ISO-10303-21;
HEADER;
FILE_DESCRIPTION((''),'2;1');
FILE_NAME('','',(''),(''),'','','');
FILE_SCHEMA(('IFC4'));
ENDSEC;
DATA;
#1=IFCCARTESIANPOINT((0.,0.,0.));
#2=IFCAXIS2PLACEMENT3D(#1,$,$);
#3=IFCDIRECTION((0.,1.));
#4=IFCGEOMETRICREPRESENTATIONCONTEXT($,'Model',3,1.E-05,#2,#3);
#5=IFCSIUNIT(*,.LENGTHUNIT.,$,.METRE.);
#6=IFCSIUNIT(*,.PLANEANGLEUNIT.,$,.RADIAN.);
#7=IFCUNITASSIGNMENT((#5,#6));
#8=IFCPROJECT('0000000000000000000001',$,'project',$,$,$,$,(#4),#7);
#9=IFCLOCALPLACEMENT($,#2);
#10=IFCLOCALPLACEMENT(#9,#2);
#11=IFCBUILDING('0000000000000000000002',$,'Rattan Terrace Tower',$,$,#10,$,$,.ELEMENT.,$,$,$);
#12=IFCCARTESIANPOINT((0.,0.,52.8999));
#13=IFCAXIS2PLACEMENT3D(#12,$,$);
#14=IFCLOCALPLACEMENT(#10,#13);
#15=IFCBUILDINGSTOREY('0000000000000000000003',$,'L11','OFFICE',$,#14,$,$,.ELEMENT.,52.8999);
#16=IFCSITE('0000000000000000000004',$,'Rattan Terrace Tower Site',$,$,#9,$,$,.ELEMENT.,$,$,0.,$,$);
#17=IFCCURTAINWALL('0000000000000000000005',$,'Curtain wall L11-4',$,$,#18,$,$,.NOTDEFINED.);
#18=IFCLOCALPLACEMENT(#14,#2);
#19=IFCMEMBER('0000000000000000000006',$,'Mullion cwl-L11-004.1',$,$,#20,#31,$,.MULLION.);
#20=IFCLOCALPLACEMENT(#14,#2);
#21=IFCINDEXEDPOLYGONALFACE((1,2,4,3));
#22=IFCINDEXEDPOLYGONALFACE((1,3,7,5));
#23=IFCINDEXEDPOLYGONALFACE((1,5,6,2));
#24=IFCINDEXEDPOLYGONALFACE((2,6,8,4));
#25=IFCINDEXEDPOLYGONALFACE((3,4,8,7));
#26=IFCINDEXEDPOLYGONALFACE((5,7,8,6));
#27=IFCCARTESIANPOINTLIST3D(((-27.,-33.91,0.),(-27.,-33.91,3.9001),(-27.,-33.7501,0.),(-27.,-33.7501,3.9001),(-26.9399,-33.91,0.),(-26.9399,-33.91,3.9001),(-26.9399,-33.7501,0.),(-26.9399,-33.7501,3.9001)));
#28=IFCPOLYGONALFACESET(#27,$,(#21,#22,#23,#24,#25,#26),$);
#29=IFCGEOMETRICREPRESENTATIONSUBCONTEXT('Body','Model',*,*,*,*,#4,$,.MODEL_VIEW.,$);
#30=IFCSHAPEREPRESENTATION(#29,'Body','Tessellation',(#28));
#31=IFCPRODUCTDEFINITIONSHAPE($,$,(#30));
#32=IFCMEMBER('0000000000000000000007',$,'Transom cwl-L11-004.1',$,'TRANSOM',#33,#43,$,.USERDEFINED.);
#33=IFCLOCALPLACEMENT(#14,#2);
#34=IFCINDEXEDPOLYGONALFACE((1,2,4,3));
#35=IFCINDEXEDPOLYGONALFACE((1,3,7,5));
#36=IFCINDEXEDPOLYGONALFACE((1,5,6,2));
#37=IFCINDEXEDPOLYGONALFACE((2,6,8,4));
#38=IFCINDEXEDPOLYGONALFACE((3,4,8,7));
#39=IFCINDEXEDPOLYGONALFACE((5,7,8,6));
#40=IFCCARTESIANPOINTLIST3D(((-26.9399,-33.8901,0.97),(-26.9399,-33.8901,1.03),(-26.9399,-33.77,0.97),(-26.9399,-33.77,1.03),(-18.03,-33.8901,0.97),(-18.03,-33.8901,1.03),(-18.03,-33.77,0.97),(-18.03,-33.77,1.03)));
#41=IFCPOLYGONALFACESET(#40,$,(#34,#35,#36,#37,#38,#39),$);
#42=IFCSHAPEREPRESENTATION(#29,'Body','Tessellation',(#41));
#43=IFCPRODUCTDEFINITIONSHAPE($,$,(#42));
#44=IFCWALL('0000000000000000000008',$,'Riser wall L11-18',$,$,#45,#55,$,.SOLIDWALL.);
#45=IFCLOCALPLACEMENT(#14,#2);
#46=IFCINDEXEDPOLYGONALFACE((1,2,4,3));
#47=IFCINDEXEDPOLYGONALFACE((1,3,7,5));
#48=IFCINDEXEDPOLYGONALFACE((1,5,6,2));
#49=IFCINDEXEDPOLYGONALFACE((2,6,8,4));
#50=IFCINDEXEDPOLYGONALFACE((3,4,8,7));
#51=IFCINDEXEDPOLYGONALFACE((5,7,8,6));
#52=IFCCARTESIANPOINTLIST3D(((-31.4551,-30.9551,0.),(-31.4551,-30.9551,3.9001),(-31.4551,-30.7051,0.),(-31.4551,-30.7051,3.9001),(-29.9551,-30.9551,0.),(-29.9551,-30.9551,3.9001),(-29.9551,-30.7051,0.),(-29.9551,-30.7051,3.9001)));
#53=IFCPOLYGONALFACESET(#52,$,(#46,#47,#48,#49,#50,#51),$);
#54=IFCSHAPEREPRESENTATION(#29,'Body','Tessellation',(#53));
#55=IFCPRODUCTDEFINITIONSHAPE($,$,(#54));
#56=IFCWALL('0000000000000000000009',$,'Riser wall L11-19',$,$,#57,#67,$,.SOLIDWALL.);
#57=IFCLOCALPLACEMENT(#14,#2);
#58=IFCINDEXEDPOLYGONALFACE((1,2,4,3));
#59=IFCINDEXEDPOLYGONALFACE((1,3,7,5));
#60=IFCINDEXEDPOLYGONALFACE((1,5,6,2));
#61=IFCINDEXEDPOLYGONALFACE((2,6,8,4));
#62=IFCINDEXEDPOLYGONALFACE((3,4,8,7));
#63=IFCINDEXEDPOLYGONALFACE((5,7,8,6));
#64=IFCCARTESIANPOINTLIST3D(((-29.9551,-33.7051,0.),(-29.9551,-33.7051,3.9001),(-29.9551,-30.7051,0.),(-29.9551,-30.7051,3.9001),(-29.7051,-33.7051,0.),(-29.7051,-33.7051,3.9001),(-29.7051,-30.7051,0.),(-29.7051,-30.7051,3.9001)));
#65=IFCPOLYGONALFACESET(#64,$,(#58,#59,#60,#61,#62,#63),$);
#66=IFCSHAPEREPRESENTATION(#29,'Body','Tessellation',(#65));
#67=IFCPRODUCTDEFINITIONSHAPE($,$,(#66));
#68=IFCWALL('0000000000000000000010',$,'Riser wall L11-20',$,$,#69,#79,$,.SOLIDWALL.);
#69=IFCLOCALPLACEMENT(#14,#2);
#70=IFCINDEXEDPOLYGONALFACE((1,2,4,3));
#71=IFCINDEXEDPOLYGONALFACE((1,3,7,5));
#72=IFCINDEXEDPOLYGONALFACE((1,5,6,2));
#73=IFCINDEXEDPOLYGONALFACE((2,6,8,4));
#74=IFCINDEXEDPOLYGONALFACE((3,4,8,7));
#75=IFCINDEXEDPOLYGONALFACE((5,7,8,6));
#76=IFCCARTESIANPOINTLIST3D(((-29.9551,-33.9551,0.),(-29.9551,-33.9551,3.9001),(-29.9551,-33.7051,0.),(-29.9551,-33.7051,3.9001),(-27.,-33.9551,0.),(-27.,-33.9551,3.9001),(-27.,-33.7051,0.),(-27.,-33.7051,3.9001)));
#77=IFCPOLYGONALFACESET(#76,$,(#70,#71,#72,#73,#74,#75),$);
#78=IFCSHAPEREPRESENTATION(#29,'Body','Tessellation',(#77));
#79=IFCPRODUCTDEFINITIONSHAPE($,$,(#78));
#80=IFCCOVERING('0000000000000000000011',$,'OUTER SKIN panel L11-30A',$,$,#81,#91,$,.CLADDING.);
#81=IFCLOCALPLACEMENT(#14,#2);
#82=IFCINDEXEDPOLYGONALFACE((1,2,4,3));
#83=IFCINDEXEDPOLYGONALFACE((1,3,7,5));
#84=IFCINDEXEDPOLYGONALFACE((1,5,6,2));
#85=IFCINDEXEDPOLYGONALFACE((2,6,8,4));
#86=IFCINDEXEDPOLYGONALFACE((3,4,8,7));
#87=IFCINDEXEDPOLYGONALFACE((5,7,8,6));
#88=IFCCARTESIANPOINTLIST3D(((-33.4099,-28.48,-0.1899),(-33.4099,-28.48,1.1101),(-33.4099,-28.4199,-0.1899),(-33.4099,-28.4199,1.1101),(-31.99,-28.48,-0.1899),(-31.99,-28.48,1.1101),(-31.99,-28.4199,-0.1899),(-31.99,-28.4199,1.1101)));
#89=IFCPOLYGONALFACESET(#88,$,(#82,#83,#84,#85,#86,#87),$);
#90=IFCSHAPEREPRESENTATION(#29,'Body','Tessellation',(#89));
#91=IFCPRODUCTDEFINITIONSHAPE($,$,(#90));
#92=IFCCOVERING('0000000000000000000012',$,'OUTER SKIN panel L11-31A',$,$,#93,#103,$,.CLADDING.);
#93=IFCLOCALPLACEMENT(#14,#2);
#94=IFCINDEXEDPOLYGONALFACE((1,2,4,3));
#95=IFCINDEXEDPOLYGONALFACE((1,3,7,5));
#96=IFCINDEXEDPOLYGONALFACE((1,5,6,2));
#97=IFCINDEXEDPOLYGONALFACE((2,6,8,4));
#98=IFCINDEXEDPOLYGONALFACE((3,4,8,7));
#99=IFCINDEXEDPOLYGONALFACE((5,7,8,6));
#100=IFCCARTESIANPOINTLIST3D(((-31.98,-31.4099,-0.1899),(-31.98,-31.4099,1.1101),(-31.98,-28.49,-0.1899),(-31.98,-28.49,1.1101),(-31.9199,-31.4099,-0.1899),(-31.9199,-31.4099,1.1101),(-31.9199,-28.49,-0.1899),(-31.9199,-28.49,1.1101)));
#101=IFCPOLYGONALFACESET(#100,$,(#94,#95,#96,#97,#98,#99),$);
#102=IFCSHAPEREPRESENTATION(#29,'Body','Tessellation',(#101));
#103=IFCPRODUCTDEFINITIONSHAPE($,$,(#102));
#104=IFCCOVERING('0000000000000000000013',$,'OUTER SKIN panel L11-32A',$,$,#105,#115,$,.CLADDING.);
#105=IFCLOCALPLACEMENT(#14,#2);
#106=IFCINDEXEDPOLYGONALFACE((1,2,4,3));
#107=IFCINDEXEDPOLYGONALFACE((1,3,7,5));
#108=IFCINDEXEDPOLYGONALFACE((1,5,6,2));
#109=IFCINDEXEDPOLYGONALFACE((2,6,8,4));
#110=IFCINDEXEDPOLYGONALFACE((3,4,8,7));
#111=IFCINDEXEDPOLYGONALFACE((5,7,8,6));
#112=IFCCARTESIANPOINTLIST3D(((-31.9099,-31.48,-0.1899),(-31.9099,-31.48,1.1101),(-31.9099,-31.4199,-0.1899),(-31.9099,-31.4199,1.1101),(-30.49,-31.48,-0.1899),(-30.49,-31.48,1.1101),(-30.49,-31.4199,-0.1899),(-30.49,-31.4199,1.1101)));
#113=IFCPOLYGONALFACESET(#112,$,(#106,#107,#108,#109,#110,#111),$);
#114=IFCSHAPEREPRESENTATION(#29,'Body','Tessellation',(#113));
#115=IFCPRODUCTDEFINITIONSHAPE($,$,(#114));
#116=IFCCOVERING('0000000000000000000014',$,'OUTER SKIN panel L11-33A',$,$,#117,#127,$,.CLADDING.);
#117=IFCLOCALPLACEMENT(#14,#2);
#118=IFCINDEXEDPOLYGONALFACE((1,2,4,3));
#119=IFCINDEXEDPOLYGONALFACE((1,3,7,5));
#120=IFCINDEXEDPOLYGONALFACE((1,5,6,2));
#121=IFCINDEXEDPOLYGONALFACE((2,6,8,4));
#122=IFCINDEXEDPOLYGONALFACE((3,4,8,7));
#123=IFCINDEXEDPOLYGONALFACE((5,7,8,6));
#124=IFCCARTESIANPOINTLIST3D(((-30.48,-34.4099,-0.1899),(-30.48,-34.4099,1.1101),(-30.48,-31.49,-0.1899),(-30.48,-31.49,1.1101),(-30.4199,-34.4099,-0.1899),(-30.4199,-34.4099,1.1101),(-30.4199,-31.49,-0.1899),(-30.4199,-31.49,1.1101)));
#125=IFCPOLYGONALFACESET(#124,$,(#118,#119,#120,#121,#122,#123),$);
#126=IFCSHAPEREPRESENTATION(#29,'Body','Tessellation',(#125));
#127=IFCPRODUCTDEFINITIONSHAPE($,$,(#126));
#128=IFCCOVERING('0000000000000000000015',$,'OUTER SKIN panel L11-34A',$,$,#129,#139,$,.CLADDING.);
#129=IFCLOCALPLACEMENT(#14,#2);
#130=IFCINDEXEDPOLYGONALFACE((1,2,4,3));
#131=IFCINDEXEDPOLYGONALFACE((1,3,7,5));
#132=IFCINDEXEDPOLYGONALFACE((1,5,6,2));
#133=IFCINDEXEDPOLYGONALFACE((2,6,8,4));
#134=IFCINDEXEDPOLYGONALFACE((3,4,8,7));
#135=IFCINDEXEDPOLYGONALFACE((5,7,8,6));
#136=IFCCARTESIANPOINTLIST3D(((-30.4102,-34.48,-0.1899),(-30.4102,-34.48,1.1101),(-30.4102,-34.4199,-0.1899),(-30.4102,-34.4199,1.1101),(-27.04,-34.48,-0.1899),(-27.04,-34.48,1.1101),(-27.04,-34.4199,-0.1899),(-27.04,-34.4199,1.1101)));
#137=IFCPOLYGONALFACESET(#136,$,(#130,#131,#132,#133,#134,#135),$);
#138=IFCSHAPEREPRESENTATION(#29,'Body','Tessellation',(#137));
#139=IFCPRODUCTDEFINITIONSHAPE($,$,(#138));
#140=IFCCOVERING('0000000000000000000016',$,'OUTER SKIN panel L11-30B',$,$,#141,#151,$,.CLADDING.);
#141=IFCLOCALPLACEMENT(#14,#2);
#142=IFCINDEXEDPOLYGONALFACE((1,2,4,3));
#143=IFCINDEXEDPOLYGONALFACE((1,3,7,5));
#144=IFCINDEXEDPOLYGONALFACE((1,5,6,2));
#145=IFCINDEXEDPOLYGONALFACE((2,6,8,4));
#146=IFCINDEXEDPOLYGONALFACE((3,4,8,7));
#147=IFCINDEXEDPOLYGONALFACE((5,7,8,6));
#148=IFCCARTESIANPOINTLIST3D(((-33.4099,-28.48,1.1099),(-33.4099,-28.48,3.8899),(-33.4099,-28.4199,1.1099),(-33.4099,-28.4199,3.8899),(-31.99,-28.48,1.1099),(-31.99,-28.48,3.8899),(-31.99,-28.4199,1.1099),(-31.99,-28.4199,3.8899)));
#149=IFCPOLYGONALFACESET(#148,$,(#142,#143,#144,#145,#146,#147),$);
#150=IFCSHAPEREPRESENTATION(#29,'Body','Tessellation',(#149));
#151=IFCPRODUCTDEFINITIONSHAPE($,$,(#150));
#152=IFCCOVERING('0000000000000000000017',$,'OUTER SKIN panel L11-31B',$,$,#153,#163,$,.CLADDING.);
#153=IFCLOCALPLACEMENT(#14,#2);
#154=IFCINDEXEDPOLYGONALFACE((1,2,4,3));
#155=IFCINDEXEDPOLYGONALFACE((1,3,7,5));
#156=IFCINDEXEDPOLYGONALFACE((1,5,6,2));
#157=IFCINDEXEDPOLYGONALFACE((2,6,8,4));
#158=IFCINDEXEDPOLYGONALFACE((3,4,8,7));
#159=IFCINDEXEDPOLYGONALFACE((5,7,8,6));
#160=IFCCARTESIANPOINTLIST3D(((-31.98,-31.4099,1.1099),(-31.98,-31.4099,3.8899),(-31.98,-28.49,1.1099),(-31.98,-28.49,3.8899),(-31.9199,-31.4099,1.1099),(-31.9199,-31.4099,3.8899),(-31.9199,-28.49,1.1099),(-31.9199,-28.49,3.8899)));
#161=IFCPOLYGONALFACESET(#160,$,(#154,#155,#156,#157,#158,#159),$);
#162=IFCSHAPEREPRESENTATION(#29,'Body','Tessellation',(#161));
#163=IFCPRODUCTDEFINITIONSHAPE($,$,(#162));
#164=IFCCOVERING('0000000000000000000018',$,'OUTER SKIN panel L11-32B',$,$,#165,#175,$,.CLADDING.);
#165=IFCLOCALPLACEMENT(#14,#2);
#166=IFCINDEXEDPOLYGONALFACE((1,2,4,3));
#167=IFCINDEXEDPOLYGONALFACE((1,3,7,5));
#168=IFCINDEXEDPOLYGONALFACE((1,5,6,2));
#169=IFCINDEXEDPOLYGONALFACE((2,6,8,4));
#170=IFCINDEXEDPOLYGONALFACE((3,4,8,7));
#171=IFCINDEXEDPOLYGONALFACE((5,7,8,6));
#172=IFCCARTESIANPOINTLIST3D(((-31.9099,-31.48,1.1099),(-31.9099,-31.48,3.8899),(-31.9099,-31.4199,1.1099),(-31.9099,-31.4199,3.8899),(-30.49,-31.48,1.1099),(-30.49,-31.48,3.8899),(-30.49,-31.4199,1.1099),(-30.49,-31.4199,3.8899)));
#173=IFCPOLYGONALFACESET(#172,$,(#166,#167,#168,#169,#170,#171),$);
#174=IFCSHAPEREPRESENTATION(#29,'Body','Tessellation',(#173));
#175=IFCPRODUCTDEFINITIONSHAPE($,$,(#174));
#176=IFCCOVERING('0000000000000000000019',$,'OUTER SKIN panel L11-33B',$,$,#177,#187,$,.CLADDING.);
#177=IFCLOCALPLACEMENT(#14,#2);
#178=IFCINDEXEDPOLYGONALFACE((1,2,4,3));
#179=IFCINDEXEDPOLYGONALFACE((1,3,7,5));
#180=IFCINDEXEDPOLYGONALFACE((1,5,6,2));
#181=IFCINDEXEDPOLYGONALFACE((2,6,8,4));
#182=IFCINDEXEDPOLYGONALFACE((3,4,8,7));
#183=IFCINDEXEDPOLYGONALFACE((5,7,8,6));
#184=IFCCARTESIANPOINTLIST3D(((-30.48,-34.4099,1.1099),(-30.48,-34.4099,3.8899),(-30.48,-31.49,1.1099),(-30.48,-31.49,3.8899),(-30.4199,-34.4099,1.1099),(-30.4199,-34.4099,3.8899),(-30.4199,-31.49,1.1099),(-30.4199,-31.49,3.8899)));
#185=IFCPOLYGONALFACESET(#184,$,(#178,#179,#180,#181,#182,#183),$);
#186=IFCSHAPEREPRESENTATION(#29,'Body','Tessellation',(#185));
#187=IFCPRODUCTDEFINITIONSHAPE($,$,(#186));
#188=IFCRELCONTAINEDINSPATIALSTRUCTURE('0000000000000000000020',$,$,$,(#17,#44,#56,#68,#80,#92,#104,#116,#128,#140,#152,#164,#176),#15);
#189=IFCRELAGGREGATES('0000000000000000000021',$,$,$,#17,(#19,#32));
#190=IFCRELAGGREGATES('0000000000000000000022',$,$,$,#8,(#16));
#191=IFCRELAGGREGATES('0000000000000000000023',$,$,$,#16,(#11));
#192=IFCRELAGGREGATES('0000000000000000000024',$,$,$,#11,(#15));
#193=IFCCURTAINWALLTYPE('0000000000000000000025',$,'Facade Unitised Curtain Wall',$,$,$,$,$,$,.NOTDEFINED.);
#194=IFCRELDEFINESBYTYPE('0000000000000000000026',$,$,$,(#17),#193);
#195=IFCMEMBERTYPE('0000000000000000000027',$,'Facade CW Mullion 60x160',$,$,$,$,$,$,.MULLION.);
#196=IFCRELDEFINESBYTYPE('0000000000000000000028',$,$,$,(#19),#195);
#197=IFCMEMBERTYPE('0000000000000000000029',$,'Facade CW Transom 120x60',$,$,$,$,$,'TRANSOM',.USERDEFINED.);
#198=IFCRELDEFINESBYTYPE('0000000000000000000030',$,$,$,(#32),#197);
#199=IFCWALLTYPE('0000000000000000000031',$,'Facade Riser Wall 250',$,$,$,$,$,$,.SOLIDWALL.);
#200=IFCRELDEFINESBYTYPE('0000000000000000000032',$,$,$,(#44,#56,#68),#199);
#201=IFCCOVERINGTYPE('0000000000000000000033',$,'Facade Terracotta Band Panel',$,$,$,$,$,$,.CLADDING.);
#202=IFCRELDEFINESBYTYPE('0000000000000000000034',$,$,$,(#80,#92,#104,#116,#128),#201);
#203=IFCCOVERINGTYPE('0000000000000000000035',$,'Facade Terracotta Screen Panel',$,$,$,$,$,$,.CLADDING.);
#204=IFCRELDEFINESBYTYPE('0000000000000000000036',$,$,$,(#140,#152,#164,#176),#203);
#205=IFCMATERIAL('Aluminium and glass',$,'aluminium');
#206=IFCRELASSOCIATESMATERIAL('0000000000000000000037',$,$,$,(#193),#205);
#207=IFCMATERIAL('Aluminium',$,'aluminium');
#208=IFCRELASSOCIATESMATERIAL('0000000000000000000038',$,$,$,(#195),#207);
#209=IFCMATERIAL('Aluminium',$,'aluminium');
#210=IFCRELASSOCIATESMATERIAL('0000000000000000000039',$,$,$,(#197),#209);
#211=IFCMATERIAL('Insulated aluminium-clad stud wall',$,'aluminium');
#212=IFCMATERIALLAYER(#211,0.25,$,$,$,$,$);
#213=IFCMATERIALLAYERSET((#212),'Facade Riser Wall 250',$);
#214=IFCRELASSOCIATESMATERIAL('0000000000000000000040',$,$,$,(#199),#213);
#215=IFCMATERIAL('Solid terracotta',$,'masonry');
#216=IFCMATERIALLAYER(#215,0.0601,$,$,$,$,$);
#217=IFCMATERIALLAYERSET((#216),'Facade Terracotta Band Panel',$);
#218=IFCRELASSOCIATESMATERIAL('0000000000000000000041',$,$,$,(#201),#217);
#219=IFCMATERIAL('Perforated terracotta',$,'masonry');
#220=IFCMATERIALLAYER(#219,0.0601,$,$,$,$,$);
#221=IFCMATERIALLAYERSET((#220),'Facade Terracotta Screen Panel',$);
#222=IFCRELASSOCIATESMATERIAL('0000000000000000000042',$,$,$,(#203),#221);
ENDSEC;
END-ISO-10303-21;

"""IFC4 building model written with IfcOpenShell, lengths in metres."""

from ifc_helpers import new_model, si_unit, direction, frame, frame_2d, origin, origin_2d, place, context, subcontext, project, spatial, rectangle, extrude, material, layer, layer_set, material_profile, profile_set, type_object, element, aggregate, save


model = new_model("IFC4")

# Units and contexts
model_context = context("Model", 3, precision=1e-05, world=origin(), true_north=direction((0.0, 1.0)))
body_context = subcontext(model_context, "Body", "Model", "MODEL_VIEW")
ifc_project = project(units=[si_unit("LENGTHUNIT", "METRE"), si_unit("PLANEANGLEUNIT", "RADIAN")], contexts=[model_context])

# Site, building, storey
site_placement = place(None, origin())
site = spatial("IfcSite", under=ifc_project, at=site_placement, Name="Rattan Terrace Tower Site", CompositionType="ELEMENT", RefElevation=0.0)
building_placement = place(site_placement, origin())
building = spatial("IfcBuilding", under=site, at=building_placement, Name="Rattan Terrace Tower", CompositionType="ELEMENT")
storey_placement = place(building_placement, frame((0.0, 0.0, 52.8999)))
storey = spatial("IfcBuildingStorey", under=building, at=storey_placement, Name="L11", Description="OFFICE", CompositionType="ELEMENT", Elevation=52.8999)

# Curtain wall, members
ifc_material_1 = material(Name="Aluminium and glass", Category="aluminium")
curtain_wall_type = type_object("IfcCurtainWallType", Name="Facade Unitised Curtain Wall", PredefinedType="NOTDEFINED", material=ifc_material_1)
curtain_wall_placement = place(storey_placement, origin())
curtain_wall = element("IfcCurtainWall", 1, at=curtain_wall_placement, inside=storey, type_object=curtain_wall_type, Name="Curtain wall L11-4", PredefinedType="NOTDEFINED")
ifc_material_2 = material(Name="Aluminium", Category="aluminium")
ifc_material_profile_1 = material_profile(ifc_material_2, rectangle(XDim=0.0601, YDim=0.1599, at=origin_2d()), Name="Aluminium 60x160")
ifc_profile_set_1 = profile_set([ifc_material_profile_1], Name="Aluminium")
member_type_1 = type_object("IfcMemberType", Name="Facade CW Mullion 60x160", PredefinedType="MULLION", material=ifc_profile_set_1)
member_1_placement = place(storey_placement, frame((-26.97, -33.8301, 0.0), z_axis=(0.0, 0.0, 1.0), x_axis=(1.0, 0.0, 0.0)))
member_1 = element("IfcMember", 2, at=member_1_placement, type_object=member_type_1, Name="Mullion cwl-L11-004.1", PredefinedType="MULLION", context=body_context, shape_type="SweptSolid", body=[
    extrude(rectangle(XDim=0.0601, YDim=0.1599, at=origin_2d()), origin(), (0.0, 0.0, 1.0), 3.9001),
])
ifc_material_3 = material(Name="Aluminium", Category="aluminium")
ifc_material_profile_2 = material_profile(ifc_material_3, rectangle(XDim=0.1201, YDim=0.0601, at=origin_2d()), Name="Aluminium 120x60")
ifc_profile_set_2 = profile_set([ifc_material_profile_2], Name="Aluminium")
member_type_2 = type_object("IfcMemberType", Name="Facade CW Transom 120x60", ElementType="TRANSOM", PredefinedType="USERDEFINED", material=ifc_profile_set_2)
member_2_placement = place(storey_placement, frame((-26.9399, -33.8301, 1.0), z_axis=(1.0, 0.0, 0.0), x_axis=(0.0, 1.0, 0.0)))
member_2 = element("IfcMember", 3, at=member_2_placement, type_object=member_type_2, Name="Transom cwl-L11-004.1", ObjectType="TRANSOM", PredefinedType="USERDEFINED", context=body_context, shape_type="SweptSolid", body=[
    extrude(rectangle(XDim=0.1201, YDim=0.0601, at=origin_2d()), origin(), (0.0, 0.0, 1.0), 8.9099),
])
aggregate(curtain_wall, [member_1, member_2])

# Walls
ifc_material_4 = material(Name="Insulated aluminium-clad stud wall", Category="aluminium")
ifc_layer_1 = layer(ifc_material_4, 0.25)
ifc_layer_set_1 = layer_set([ifc_layer_1], Name="Facade Riser Wall 250")
wall_type = type_object("IfcWallType", Name="Facade Riser Wall 250", PredefinedType="SOLIDWALL", material=ifc_layer_set_1)
wall_1_placement = place(storey_placement, frame((-31.4551, -30.8301, 0.0), z_axis=(0.0, 0.0, 1.0), x_axis=(1.0, 0.0, 0.0)))
element("IfcWall", 4, at=wall_1_placement, inside=storey, type_object=wall_type, Name="Riser wall L11-18", PredefinedType="SOLIDWALL", context=body_context, shape_type="SweptSolid", body=[
    extrude(rectangle(XDim=1.5, YDim=0.25, at=frame_2d((0.75, 0.0))), origin(), (0.0, 0.0, 1.0), 3.9001),
])
wall_2_placement = place(storey_placement, frame((-29.8301, -30.7051, 0.0), z_axis=(0.0, 0.0, 1.0), x_axis=(0.0, -1.0, 0.0)))
element("IfcWall", 5, at=wall_2_placement, inside=storey, type_object=wall_type, Name="Riser wall L11-19", PredefinedType="SOLIDWALL", context=body_context, shape_type="SweptSolid", body=[
    extrude(rectangle(XDim=3.0, YDim=0.25, at=frame_2d((1.5, 0.0))), origin(), (0.0, 0.0, 1.0), 3.9001),
])
wall_3_placement = place(storey_placement, frame((-29.9551, -33.8301, 0.0), z_axis=(0.0, 0.0, 1.0), x_axis=(1.0, 0.0, 0.0)))
element("IfcWall", 6, at=wall_3_placement, inside=storey, type_object=wall_type, Name="Riser wall L11-20", PredefinedType="SOLIDWALL", context=body_context, shape_type="SweptSolid", body=[
    extrude(rectangle(XDim=2.9551, YDim=0.25, at=frame_2d((1.4775, 0.0))), origin(), (0.0, 0.0, 1.0), 3.9001),
])

# Coverings
ifc_material_5 = material(Name="Solid terracotta", Category="masonry")
ifc_layer_2 = layer(ifc_material_5, 0.0601)
ifc_layer_set_2 = layer_set([ifc_layer_2], Name="Facade Terracotta Band Panel")
covering_type_1 = type_object("IfcCoveringType", Name="Facade Terracotta Band Panel", PredefinedType="CLADDING", material=ifc_layer_set_2)
covering_1_placement = place(storey_placement, frame((-32.7, -28.45, -0.1899), z_axis=(0.0, 0.0, 1.0), x_axis=(1.0, 0.0, 0.0)))
element("IfcCovering", 7, at=covering_1_placement, inside=storey, type_object=covering_type_1, Name="OUTER SKIN panel L11-30A", PredefinedType="CLADDING", context=body_context, shape_type="SweptSolid", body=[
    extrude(rectangle(XDim=1.4199, YDim=0.0601, at=origin_2d()), origin(), (0.0, 0.0, 1.0), 1.3),
])
covering_2_placement = place(storey_placement, frame((-31.95, -29.95, -0.1899), z_axis=(0.0, 0.0, 1.0), x_axis=(0.0, -1.0, 0.0)))
element("IfcCovering", 8, at=covering_2_placement, inside=storey, type_object=covering_type_1, Name="OUTER SKIN panel L11-31A", PredefinedType="CLADDING", context=body_context, shape_type="SweptSolid", body=[
    extrude(rectangle(XDim=2.9199, YDim=0.0601, at=origin_2d()), origin(), (0.0, 0.0, 1.0), 1.3),
])
covering_3_placement = place(storey_placement, frame((-31.2, -31.45, -0.1899), z_axis=(0.0, 0.0, 1.0), x_axis=(1.0, 0.0, 0.0)))
element("IfcCovering", 9, at=covering_3_placement, inside=storey, type_object=covering_type_1, Name="OUTER SKIN panel L11-32A", PredefinedType="CLADDING", context=body_context, shape_type="SweptSolid", body=[
    extrude(rectangle(XDim=1.4199, YDim=0.0601, at=origin_2d()), origin(), (0.0, 0.0, 1.0), 1.3),
])
covering_4_placement = place(storey_placement, frame((-30.45, -32.95, -0.1899), z_axis=(0.0, 0.0, 1.0), x_axis=(0.0, -1.0, 0.0)))
element("IfcCovering", 10, at=covering_4_placement, inside=storey, type_object=covering_type_1, Name="OUTER SKIN panel L11-33A", PredefinedType="CLADDING", context=body_context, shape_type="SweptSolid", body=[
    extrude(rectangle(XDim=2.9199, YDim=0.0601, at=origin_2d()), origin(), (0.0, 0.0, 1.0), 1.3),
])
covering_5_placement = place(storey_placement, frame((-28.7251, -34.45, -0.1899), z_axis=(0.0, 0.0, 1.0), x_axis=(1.0, 0.0, 0.0)))
element("IfcCovering", 11, at=covering_5_placement, inside=storey, type_object=covering_type_1, Name="OUTER SKIN panel L11-34A", PredefinedType="CLADDING", context=body_context, shape_type="SweptSolid", body=[
    extrude(rectangle(XDim=3.3701, YDim=0.0601, at=origin_2d()), origin(), (0.0, 0.0, 1.0), 1.3),
])
ifc_material_6 = material(Name="Perforated terracotta", Category="masonry")
ifc_layer_3 = layer(ifc_material_6, 0.0601)
ifc_layer_set_3 = layer_set([ifc_layer_3], Name="Facade Terracotta Screen Panel")
covering_type_2 = type_object("IfcCoveringType", Name="Facade Terracotta Screen Panel", PredefinedType="CLADDING", material=ifc_layer_set_3)
covering_6_placement = place(storey_placement, frame((-32.7, -28.45, 1.1099), z_axis=(0.0, 0.0, 1.0), x_axis=(1.0, 0.0, 0.0)))
element("IfcCovering", 12, at=covering_6_placement, inside=storey, type_object=covering_type_2, Name="OUTER SKIN panel L11-30B", PredefinedType="CLADDING", context=body_context, shape_type="SweptSolid", body=[
    extrude(rectangle(XDim=1.4199, YDim=0.0601, at=origin_2d()), origin(), (0.0, 0.0, 1.0), 2.78),
])
covering_7_placement = place(storey_placement, frame((-31.95, -29.95, 1.1099), z_axis=(0.0, 0.0, 1.0), x_axis=(0.0, -1.0, 0.0)))
element("IfcCovering", 13, at=covering_7_placement, inside=storey, type_object=covering_type_2, Name="OUTER SKIN panel L11-31B", PredefinedType="CLADDING", context=body_context, shape_type="SweptSolid", body=[
    extrude(rectangle(XDim=2.9199, YDim=0.0601, at=origin_2d()), origin(), (0.0, 0.0, 1.0), 2.78),
])
covering_8_placement = place(storey_placement, frame((-31.2, -31.45, 1.1099), z_axis=(0.0, 0.0, 1.0), x_axis=(1.0, 0.0, 0.0)))
element("IfcCovering", 14, at=covering_8_placement, inside=storey, type_object=covering_type_2, Name="OUTER SKIN panel L11-32B", PredefinedType="CLADDING", context=body_context, shape_type="SweptSolid", body=[
    extrude(rectangle(XDim=1.4199, YDim=0.0601, at=origin_2d()), origin(), (0.0, 0.0, 1.0), 2.78),
])
covering_9_placement = place(storey_placement, frame((-30.45, -32.95, 1.1099), z_axis=(0.0, 0.0, 1.0), x_axis=(0.0, -1.0, 0.0)))
element("IfcCovering", 15, at=covering_9_placement, inside=storey, type_object=covering_type_2, Name="OUTER SKIN panel L11-33B", PredefinedType="CLADDING", context=body_context, shape_type="SweptSolid", body=[
    extrude(rectangle(XDim=2.9199, YDim=0.0601, at=origin_2d()), origin(), (0.0, 0.0, 1.0), 2.78),
])

save(model, "model.ifc")
